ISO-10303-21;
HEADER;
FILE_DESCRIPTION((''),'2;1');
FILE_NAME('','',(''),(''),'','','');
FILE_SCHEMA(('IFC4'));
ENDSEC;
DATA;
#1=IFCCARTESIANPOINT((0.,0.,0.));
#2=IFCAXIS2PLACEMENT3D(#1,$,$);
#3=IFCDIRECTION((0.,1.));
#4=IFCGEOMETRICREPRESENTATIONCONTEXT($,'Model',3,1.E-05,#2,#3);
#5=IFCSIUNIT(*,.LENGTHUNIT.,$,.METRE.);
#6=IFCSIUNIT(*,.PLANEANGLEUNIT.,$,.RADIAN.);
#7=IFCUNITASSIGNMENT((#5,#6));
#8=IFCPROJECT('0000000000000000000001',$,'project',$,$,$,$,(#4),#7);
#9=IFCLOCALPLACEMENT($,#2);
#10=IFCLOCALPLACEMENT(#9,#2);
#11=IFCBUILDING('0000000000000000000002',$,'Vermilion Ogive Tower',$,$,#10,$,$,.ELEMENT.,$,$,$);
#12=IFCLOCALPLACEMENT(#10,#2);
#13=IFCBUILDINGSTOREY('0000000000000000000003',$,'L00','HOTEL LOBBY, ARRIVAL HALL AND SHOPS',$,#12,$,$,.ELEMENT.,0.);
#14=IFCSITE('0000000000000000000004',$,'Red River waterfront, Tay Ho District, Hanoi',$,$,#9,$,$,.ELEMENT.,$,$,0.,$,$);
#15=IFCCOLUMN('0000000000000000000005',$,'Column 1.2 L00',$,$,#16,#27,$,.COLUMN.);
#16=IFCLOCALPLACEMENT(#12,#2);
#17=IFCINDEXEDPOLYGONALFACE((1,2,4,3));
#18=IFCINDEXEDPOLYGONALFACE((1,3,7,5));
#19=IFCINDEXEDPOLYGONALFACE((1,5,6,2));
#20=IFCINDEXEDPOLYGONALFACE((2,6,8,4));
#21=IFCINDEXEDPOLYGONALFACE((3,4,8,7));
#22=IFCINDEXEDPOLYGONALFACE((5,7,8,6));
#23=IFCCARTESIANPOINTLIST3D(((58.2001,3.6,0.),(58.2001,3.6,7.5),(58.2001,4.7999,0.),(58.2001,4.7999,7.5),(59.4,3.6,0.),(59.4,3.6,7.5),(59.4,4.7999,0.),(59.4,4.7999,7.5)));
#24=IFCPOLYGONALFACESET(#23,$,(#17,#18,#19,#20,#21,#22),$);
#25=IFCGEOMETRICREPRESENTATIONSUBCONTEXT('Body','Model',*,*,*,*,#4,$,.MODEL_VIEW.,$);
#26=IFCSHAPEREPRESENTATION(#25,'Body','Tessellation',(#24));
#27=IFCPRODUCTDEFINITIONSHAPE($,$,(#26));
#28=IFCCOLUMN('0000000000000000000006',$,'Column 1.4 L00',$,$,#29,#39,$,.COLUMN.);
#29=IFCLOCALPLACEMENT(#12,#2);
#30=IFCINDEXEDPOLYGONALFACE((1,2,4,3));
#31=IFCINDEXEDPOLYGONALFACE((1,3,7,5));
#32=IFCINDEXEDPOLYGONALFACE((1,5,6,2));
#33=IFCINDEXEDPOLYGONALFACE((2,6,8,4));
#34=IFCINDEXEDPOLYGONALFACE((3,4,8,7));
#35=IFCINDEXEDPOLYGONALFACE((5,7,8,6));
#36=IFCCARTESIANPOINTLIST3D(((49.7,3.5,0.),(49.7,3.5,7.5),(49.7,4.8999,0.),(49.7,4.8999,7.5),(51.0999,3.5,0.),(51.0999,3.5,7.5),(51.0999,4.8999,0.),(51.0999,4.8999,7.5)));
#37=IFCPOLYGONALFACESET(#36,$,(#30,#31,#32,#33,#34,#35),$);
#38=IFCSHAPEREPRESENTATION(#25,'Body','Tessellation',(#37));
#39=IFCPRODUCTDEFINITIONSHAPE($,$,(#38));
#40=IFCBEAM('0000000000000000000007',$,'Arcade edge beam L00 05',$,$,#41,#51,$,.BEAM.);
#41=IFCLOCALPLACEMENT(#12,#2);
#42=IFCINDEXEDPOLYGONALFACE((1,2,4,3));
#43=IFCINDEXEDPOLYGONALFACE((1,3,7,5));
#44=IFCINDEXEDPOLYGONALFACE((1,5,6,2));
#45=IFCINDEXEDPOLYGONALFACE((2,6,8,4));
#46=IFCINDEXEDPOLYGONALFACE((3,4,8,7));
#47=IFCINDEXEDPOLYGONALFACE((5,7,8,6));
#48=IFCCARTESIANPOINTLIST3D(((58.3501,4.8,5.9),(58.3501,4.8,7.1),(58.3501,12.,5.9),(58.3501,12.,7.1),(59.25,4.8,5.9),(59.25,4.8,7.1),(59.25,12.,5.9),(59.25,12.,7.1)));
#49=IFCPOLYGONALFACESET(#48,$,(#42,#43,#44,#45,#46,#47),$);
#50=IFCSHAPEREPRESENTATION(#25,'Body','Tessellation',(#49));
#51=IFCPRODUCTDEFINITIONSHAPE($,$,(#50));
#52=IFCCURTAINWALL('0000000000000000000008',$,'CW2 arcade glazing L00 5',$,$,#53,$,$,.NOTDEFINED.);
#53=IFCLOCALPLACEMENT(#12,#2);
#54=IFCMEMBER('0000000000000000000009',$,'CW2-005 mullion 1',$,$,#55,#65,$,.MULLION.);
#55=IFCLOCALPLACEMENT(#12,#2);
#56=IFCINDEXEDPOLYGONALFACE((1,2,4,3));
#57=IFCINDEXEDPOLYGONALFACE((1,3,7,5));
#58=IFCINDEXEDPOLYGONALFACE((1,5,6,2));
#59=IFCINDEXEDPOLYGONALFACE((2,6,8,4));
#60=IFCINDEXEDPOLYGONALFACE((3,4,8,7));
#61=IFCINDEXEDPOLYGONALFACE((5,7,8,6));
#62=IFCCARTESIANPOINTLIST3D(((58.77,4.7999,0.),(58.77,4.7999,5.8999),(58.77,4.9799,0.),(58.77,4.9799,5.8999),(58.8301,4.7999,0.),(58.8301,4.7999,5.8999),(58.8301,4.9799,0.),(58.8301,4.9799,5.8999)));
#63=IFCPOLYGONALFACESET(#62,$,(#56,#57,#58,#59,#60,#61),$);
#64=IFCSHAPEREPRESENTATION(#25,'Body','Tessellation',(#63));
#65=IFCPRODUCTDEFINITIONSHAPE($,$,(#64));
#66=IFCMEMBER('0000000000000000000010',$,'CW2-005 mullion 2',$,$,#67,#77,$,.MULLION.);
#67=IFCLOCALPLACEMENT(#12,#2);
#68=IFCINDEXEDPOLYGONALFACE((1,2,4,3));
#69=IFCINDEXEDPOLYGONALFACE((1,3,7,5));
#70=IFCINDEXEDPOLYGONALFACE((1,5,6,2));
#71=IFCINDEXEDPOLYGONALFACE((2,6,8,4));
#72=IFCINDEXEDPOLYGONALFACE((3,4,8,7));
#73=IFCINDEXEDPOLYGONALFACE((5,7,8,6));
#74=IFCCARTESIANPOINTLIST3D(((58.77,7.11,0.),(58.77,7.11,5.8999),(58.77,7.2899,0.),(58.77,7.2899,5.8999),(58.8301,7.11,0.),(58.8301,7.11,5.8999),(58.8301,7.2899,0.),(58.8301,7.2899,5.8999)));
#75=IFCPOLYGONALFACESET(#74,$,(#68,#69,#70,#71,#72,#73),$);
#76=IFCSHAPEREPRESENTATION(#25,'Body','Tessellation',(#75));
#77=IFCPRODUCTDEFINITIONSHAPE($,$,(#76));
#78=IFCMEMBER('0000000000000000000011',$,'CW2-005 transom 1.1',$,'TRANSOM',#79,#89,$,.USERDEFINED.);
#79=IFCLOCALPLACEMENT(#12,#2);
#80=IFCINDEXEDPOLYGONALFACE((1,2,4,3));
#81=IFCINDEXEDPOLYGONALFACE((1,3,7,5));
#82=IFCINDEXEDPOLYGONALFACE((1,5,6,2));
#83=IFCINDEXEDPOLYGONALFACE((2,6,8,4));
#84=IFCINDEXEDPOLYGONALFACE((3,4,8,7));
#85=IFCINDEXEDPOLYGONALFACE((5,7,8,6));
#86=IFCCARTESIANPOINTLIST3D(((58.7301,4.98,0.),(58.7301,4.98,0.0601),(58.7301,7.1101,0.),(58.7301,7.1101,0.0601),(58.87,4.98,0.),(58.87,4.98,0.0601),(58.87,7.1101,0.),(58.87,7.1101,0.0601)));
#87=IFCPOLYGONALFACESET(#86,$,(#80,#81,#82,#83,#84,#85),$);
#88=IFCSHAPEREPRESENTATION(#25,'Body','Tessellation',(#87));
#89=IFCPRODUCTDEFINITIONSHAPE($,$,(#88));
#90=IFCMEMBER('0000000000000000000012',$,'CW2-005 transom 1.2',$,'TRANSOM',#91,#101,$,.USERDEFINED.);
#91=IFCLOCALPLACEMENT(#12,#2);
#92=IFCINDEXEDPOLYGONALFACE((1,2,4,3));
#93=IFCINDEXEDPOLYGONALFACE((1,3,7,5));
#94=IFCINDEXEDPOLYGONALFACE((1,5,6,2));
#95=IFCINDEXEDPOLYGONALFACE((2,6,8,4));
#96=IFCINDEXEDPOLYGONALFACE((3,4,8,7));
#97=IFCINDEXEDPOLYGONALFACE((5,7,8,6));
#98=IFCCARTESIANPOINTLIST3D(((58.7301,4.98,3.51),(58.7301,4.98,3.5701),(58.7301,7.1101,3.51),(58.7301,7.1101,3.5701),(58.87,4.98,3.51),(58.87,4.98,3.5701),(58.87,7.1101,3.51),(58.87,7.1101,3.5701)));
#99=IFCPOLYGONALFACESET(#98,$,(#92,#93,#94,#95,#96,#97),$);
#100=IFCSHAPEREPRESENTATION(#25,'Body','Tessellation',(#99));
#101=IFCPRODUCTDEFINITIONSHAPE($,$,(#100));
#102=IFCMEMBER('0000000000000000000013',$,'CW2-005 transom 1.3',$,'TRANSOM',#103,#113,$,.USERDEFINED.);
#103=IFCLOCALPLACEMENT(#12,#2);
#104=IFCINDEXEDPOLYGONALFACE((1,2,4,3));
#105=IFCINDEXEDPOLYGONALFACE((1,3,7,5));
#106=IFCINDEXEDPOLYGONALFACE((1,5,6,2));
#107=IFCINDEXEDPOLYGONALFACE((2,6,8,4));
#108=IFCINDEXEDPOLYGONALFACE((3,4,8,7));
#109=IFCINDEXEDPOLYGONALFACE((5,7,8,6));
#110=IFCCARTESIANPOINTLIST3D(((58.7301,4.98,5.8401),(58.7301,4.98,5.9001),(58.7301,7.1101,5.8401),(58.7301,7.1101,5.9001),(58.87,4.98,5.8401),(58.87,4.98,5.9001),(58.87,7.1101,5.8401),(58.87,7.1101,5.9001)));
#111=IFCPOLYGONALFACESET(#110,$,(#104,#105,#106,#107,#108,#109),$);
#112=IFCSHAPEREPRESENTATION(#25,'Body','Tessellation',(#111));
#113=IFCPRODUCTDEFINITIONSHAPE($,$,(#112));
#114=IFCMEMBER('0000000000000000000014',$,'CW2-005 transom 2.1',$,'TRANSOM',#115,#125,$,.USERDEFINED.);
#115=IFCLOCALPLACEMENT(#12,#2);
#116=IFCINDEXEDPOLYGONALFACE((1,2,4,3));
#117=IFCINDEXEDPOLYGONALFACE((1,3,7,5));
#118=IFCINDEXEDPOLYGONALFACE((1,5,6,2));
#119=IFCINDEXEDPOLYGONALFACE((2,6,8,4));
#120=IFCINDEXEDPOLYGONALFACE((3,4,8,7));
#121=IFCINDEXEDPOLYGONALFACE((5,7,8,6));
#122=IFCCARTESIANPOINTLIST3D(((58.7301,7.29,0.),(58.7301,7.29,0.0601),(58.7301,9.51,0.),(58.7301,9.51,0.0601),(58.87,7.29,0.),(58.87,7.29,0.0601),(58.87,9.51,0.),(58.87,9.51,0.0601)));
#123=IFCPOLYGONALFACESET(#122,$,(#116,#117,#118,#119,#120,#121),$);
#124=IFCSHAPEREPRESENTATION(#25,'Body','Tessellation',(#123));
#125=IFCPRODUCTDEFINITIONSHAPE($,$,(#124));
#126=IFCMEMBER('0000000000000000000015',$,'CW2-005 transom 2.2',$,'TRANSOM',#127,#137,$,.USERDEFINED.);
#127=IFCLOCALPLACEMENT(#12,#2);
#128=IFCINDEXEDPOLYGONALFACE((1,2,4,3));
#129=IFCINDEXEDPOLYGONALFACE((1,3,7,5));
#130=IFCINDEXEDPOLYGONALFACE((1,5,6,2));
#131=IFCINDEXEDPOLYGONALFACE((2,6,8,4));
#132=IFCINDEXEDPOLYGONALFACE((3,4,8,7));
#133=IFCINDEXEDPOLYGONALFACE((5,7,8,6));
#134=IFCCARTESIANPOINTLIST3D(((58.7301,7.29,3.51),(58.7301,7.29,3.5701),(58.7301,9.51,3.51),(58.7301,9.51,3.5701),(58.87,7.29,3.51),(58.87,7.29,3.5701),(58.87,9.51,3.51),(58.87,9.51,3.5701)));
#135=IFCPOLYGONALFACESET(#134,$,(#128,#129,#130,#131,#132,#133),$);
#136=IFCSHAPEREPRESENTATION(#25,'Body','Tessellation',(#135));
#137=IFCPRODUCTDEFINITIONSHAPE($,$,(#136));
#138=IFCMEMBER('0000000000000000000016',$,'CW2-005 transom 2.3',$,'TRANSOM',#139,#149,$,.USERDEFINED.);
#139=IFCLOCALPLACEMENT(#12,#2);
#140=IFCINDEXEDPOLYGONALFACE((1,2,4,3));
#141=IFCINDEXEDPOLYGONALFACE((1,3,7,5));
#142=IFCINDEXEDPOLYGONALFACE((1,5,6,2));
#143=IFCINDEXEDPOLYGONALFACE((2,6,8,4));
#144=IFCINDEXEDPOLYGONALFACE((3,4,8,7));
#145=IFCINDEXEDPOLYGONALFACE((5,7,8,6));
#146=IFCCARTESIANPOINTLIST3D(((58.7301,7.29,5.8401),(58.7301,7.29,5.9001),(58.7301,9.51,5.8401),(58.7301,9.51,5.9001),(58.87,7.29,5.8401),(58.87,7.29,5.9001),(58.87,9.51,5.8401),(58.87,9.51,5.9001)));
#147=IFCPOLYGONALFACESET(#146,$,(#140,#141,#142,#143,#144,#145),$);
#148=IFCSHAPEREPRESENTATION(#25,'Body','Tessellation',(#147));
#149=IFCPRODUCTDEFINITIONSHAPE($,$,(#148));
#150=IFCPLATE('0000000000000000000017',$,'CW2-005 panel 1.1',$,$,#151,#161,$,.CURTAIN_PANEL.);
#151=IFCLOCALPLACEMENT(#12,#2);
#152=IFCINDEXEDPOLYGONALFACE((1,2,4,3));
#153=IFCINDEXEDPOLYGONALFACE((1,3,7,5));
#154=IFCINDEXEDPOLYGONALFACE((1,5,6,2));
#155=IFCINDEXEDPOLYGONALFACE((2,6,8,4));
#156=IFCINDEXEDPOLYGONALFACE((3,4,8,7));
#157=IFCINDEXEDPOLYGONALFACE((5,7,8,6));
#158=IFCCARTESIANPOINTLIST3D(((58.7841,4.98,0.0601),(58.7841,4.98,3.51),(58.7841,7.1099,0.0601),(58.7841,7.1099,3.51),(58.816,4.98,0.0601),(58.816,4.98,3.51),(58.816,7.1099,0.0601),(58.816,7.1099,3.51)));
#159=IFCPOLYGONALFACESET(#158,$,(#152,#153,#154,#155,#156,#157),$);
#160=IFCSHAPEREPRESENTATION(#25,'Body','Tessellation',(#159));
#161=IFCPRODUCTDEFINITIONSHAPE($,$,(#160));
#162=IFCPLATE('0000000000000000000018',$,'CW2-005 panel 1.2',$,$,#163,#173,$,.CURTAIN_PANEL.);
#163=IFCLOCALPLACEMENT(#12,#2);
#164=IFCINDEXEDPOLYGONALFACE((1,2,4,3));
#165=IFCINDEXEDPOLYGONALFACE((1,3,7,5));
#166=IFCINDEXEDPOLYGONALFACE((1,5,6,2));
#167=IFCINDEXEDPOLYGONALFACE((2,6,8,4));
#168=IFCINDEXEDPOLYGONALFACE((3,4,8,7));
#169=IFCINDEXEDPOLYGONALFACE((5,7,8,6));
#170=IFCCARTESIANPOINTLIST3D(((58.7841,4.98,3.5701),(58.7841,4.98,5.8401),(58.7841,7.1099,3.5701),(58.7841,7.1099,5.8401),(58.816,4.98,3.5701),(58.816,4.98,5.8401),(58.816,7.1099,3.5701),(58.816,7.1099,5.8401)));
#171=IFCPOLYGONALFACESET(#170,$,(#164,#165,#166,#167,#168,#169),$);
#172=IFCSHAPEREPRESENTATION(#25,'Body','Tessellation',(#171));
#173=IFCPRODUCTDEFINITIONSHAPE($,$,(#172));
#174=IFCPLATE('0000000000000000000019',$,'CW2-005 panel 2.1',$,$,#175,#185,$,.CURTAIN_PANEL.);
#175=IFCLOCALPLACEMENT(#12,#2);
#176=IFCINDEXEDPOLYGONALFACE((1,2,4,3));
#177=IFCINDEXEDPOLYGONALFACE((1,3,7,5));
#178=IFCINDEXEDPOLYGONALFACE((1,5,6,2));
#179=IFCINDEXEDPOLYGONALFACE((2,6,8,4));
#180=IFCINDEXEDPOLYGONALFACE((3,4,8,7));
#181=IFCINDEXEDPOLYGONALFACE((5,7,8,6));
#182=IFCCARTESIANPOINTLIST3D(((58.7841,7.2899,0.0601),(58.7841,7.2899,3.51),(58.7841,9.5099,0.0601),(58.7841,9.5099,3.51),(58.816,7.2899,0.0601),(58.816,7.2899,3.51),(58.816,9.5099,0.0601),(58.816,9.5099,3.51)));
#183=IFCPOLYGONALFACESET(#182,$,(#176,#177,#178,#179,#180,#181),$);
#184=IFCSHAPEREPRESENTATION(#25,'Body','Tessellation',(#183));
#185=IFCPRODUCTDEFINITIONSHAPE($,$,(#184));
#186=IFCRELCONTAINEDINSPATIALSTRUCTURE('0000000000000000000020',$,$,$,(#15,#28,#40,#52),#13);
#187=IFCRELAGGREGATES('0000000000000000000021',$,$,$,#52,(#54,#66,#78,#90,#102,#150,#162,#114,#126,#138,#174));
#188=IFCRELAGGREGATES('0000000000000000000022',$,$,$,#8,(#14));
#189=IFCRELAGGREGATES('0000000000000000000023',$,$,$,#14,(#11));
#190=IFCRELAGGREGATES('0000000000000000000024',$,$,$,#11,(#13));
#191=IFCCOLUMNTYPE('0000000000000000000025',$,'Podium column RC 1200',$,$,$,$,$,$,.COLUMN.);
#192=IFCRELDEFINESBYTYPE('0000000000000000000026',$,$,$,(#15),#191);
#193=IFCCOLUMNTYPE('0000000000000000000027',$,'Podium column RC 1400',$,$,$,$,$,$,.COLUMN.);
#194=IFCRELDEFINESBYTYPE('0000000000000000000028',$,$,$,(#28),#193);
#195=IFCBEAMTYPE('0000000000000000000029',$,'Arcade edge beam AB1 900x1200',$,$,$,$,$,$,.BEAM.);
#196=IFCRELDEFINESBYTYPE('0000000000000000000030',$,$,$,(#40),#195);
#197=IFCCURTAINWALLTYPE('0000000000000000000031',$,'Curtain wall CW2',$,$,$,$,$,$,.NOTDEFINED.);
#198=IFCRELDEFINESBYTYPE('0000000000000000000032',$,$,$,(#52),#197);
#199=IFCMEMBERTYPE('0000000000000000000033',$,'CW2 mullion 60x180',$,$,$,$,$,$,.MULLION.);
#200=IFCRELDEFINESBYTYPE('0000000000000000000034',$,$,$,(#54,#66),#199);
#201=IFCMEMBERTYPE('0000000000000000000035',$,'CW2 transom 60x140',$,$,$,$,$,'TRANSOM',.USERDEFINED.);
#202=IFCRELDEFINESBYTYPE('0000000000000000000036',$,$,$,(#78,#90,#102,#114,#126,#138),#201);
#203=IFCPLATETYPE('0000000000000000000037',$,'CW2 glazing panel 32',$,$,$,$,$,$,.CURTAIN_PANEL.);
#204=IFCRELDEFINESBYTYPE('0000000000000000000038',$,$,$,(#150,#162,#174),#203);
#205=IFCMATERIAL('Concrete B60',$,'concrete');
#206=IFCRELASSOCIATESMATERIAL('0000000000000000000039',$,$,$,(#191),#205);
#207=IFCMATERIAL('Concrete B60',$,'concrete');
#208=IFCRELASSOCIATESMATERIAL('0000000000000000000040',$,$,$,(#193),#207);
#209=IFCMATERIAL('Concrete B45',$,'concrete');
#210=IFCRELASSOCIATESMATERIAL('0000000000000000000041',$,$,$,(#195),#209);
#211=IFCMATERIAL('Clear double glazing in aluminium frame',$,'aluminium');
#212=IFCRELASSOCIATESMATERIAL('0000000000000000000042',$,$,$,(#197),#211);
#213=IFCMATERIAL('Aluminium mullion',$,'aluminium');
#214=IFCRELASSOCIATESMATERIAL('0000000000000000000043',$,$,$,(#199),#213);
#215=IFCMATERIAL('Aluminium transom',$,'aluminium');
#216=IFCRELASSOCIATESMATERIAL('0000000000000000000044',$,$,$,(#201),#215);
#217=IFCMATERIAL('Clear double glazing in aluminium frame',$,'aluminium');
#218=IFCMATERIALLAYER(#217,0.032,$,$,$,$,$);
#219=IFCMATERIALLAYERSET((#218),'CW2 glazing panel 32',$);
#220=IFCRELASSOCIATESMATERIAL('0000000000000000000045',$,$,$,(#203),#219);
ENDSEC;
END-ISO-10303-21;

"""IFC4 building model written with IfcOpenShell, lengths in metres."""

from ifc_helpers import new_model, si_unit, direction, frame, origin, origin_2d, place, context, subcontext, project, spatial, rectangle, extrude, material, layer, layer_set, material_profile, profile_set, type_object, element, aggregate, save


model = new_model("IFC4")

# Units and contexts
model_context = context("Model", 3, precision=1e-05, world=origin(), true_north=direction((0.0, 1.0)))
body_context = subcontext(model_context, "Body", "Model", "MODEL_VIEW")
ifc_project = project(units=[si_unit("LENGTHUNIT", "METRE"), si_unit("PLANEANGLEUNIT", "RADIAN")], contexts=[model_context])

# Site, building, storey
site_placement = place(None, origin())
site = spatial("IfcSite", under=ifc_project, at=site_placement, Name="Red River waterfront, Tay Ho District, Hanoi", CompositionType="ELEMENT", RefElevation=0.0)
building_placement = place(site_placement, origin())
building = spatial("IfcBuilding", under=site, at=building_placement, Name="Vermilion Ogive Tower", CompositionType="ELEMENT")
storey_placement = place(building_placement, origin())
storey = spatial("IfcBuildingStorey", under=building, at=storey_placement, Name="L00", Description="HOTEL LOBBY, ARRIVAL HALL AND SHOPS", CompositionType="ELEMENT", Elevation=0.0)

# Columns
ifc_material_1 = material(Name="Concrete B60", Category="concrete")
ifc_material_profile_1 = material_profile(ifc_material_1, rectangle(XDim=1.2, YDim=1.2, at=origin_2d()), Name="RC 1200x1200")
ifc_profile_set_1 = profile_set([ifc_material_profile_1], Name="Concrete B60")
column_type_1 = type_object("IfcColumnType", Name="Podium column RC 1200", PredefinedType="COLUMN", material=ifc_profile_set_1)
column_1_placement = place(storey_placement, frame((58.8, 4.2, 0.0), z_axis=(0.0, 0.0, 1.0), x_axis=(1.0, 0.0, 0.0)))
element("IfcColumn", 1, at=column_1_placement, inside=storey, type_object=column_type_1, Name="Column 1.2 L00", PredefinedType="COLUMN", context=body_context, shape_type="SweptSolid", body=[
    extrude(rectangle(XDim=1.2, YDim=1.2, at=origin_2d()), origin(), (0.0, 0.0, 1.0), 7.5),
])
ifc_material_2 = material(Name="Concrete B60", Category="concrete")
ifc_material_profile_2 = material_profile(ifc_material_2, rectangle(XDim=1.3999, YDim=1.3999, at=origin_2d()), Name="RC 1400x1400")
ifc_profile_set_2 = profile_set([ifc_material_profile_2], Name="Concrete B60")
column_type_2 = type_object("IfcColumnType", Name="Podium column RC 1400", PredefinedType="COLUMN", material=ifc_profile_set_2)
column_2_placement = place(storey_placement, frame((50.3999, 4.2, 0.0), z_axis=(0.0, 0.0, 1.0), x_axis=(1.0, 0.0, 0.0)))
element("IfcColumn", 2, at=column_2_placement, inside=storey, type_object=column_type_2, Name="Column 1.4 L00", PredefinedType="COLUMN", context=body_context, shape_type="SweptSolid", body=[
    extrude(rectangle(XDim=1.3999, YDim=1.3999, at=origin_2d()), origin(), (0.0, 0.0, 1.0), 7.5),
])

# Beam
ifc_material_3 = material(Name="Concrete B45", Category="concrete")
ifc_material_profile_3 = material_profile(ifc_material_3, rectangle(XDim=0.8999, YDim=1.2, at=origin_2d()), Name="RC 900x1200")
ifc_profile_set_3 = profile_set([ifc_material_profile_3], Name="Concrete B45")
beam_type = type_object("IfcBeamType", Name="Arcade edge beam AB1 900x1200", PredefinedType="BEAM", material=ifc_profile_set_3)
beam_placement = place(storey_placement, frame((58.8, 4.8, 6.5), z_axis=(0.0, 1.0, 0.0), x_axis=(-1.0, 0.0, 0.0)))
element("IfcBeam", 3, at=beam_placement, inside=storey, type_object=beam_type, Name="Arcade edge beam L00 05", PredefinedType="BEAM", context=body_context, shape_type="SweptSolid", body=[
    extrude(rectangle(XDim=0.8999, YDim=1.2, at=origin_2d()), origin(), (0.0, 0.0, 1.0), 7.2),
])

# Curtain wall, members, plates
ifc_material_4 = material(Name="Clear double glazing in aluminium frame", Category="aluminium")
curtain_wall_type = type_object("IfcCurtainWallType", Name="Curtain wall CW2", PredefinedType="NOTDEFINED", material=ifc_material_4)
curtain_wall_placement = place(storey_placement, origin())
curtain_wall = element("IfcCurtainWall", 4, at=curtain_wall_placement, inside=storey, type_object=curtain_wall_type, Name="CW2 arcade glazing L00 5", PredefinedType="NOTDEFINED")
ifc_material_5 = material(Name="Aluminium mullion", Category="aluminium")
ifc_material_profile_4 = material_profile(ifc_material_5, rectangle(XDim=0.0601, YDim=0.1799, at=origin_2d()), Name="AL 60x180")
ifc_profile_set_4 = profile_set([ifc_material_profile_4], Name="Aluminium mullion")
member_type_1 = type_object("IfcMemberType", Name="CW2 mullion 60x180", PredefinedType="MULLION", material=ifc_profile_set_4)
member_1_placement = place(storey_placement, frame((58.8, 4.8899, 0.0), z_axis=(0.0, 0.0, 1.0), x_axis=(-1.0, 0.0, 0.0)))
member_1 = element("IfcMember", 5, at=member_1_placement, type_object=member_type_1, Name="CW2-005 mullion 1", PredefinedType="MULLION", context=body_context, shape_type="SweptSolid", body=[
    extrude(rectangle(XDim=0.0601, YDim=0.1799, at=origin_2d()), origin(), (0.0, 0.0, 1.0), 5.8999),
])
member_2_placement = place(storey_placement, frame((58.8, 7.2, 0.0), z_axis=(0.0, 0.0, 1.0), x_axis=(-1.0, 0.0, 0.0)))
member_2 = element("IfcMember", 6, at=member_2_placement, type_object=member_type_1, Name="CW2-005 mullion 2", PredefinedType="MULLION", context=body_context, shape_type="SweptSolid", body=[
    extrude(rectangle(XDim=0.0601, YDim=0.1799, at=origin_2d()), origin(), (0.0, 0.0, 1.0), 5.8999),
])
ifc_material_6 = material(Name="Aluminium transom", Category="aluminium")
ifc_material_profile_5 = material_profile(ifc_material_6, rectangle(XDim=0.1399, YDim=0.0601, at=origin_2d()), Name="AL 60x140")
ifc_profile_set_5 = profile_set([ifc_material_profile_5], Name="Aluminium transom")
member_type_2 = type_object("IfcMemberType", Name="CW2 transom 60x140", ElementType="TRANSOM", PredefinedType="USERDEFINED", material=ifc_profile_set_5)
member_3_placement = place(storey_placement, frame((58.8, 4.98, 0.03), z_axis=(0.0, 1.0, 0.0), x_axis=(-1.0, 0.0, 0.0)))
member_3 = element("IfcMember", 7, at=member_3_placement, type_object=member_type_2, Name="CW2-005 transom 1.1", ObjectType="TRANSOM", PredefinedType="USERDEFINED", context=body_context, shape_type="SweptSolid", body=[
    extrude(rectangle(XDim=0.1399, YDim=0.0601, at=origin_2d()), origin(), (0.0, 0.0, 1.0), 2.1301),
])
member_4_placement = place(storey_placement, frame((58.8, 4.98, 3.54), z_axis=(0.0, 1.0, 0.0), x_axis=(-1.0, 0.0, 0.0)))
member_4 = element("IfcMember", 8, at=member_4_placement, type_object=member_type_2, Name="CW2-005 transom 1.2", ObjectType="TRANSOM", PredefinedType="USERDEFINED", context=body_context, shape_type="SweptSolid", body=[
    extrude(rectangle(XDim=0.1399, YDim=0.0601, at=origin_2d()), origin(), (0.0, 0.0, 1.0), 2.1301),
])
member_5_placement = place(storey_placement, frame((58.8, 4.98, 5.8701), z_axis=(0.0, 1.0, 0.0), x_axis=(-1.0, 0.0, 0.0)))
member_5 = element("IfcMember", 9, at=member_5_placement, type_object=member_type_2, Name="CW2-005 transom 1.3", ObjectType="TRANSOM", PredefinedType="USERDEFINED", context=body_context, shape_type="SweptSolid", body=[
    extrude(rectangle(XDim=0.1399, YDim=0.0601, at=origin_2d()), origin(), (0.0, 0.0, 1.0), 2.1301),
])
member_6_placement = place(storey_placement, frame((58.8, 7.29, 0.03), z_axis=(0.0, 1.0, 0.0), x_axis=(-1.0, 0.0, 0.0)))
member_6 = element("IfcMember", 10, at=member_6_placement, type_object=member_type_2, Name="CW2-005 transom 2.1", ObjectType="TRANSOM", PredefinedType="USERDEFINED", context=body_context, shape_type="SweptSolid", body=[
    extrude(rectangle(XDim=0.1399, YDim=0.0601, at=origin_2d()), origin(), (0.0, 0.0, 1.0), 2.22),
])
member_7_placement = place(storey_placement, frame((58.8, 7.29, 3.54), z_axis=(0.0, 1.0, 0.0), x_axis=(-1.0, 0.0, 0.0)))
member_7 = element("IfcMember", 11, at=member_7_placement, type_object=member_type_2, Name="CW2-005 transom 2.2", ObjectType="TRANSOM", PredefinedType="USERDEFINED", context=body_context, shape_type="SweptSolid", body=[
    extrude(rectangle(XDim=0.1399, YDim=0.0601, at=origin_2d()), origin(), (0.0, 0.0, 1.0), 2.22),
])
member_8_placement = place(storey_placement, frame((58.8, 7.29, 5.8701), z_axis=(0.0, 1.0, 0.0), x_axis=(-1.0, 0.0, 0.0)))
member_8 = element("IfcMember", 12, at=member_8_placement, type_object=member_type_2, Name="CW2-005 transom 2.3", ObjectType="TRANSOM", PredefinedType="USERDEFINED", context=body_context, shape_type="SweptSolid", body=[
    extrude(rectangle(XDim=0.1399, YDim=0.0601, at=origin_2d()), origin(), (0.0, 0.0, 1.0), 2.22),
])
ifc_material_7 = material(Name="Clear double glazing in aluminium frame", Category="aluminium")
ifc_layer_1 = layer(ifc_material_7, 0.032)
ifc_layer_set_1 = layer_set([ifc_layer_1], Name="CW2 glazing panel 32")
plate_type = type_object("IfcPlateType", Name="CW2 glazing panel 32", PredefinedType="CURTAIN_PANEL", material=ifc_layer_set_1)
plate_1_placement = place(storey_placement, frame((58.8, 6.0449, 0.0601), z_axis=(0.0, 0.0, 1.0), x_axis=(0.0, 1.0, 0.0)))
plate_1 = element("IfcPlate", 13, at=plate_1_placement, type_object=plate_type, Name="CW2-005 panel 1.1", PredefinedType="CURTAIN_PANEL", context=body_context, shape_type="SweptSolid", body=[
    extrude(rectangle(XDim=2.1299, YDim=0.032, at=origin_2d()), origin(), (0.0, 0.0, 1.0), 3.45),
])
plate_2_placement = place(storey_placement, frame((58.8, 6.0449, 3.5701), z_axis=(0.0, 0.0, 1.0), x_axis=(0.0, 1.0, 0.0)))
plate_2 = element("IfcPlate", 14, at=plate_2_placement, type_object=plate_type, Name="CW2-005 panel 1.2", PredefinedType="CURTAIN_PANEL", context=body_context, shape_type="SweptSolid", body=[
    extrude(rectangle(XDim=2.1299, YDim=0.032, at=origin_2d()), origin(), (0.0, 0.0, 1.0), 2.27),
])
plate_3_placement = place(storey_placement, frame((58.8, 8.3999, 0.0601), z_axis=(0.0, 0.0, 1.0), x_axis=(0.0, 1.0, 0.0)))
plate_3 = element("IfcPlate", 15, at=plate_3_placement, type_object=plate_type, Name="CW2-005 panel 2.1", PredefinedType="CURTAIN_PANEL", context=body_context, shape_type="SweptSolid", body=[
    extrude(rectangle(XDim=2.22, YDim=0.032, at=origin_2d()), origin(), (0.0, 0.0, 1.0), 3.45),
])
aggregate(curtain_wall, [member_1, member_2, member_3, member_4, member_5, plate_1, plate_2, member_6, member_7, member_8, plate_3])

save(model, "model.ifc")
